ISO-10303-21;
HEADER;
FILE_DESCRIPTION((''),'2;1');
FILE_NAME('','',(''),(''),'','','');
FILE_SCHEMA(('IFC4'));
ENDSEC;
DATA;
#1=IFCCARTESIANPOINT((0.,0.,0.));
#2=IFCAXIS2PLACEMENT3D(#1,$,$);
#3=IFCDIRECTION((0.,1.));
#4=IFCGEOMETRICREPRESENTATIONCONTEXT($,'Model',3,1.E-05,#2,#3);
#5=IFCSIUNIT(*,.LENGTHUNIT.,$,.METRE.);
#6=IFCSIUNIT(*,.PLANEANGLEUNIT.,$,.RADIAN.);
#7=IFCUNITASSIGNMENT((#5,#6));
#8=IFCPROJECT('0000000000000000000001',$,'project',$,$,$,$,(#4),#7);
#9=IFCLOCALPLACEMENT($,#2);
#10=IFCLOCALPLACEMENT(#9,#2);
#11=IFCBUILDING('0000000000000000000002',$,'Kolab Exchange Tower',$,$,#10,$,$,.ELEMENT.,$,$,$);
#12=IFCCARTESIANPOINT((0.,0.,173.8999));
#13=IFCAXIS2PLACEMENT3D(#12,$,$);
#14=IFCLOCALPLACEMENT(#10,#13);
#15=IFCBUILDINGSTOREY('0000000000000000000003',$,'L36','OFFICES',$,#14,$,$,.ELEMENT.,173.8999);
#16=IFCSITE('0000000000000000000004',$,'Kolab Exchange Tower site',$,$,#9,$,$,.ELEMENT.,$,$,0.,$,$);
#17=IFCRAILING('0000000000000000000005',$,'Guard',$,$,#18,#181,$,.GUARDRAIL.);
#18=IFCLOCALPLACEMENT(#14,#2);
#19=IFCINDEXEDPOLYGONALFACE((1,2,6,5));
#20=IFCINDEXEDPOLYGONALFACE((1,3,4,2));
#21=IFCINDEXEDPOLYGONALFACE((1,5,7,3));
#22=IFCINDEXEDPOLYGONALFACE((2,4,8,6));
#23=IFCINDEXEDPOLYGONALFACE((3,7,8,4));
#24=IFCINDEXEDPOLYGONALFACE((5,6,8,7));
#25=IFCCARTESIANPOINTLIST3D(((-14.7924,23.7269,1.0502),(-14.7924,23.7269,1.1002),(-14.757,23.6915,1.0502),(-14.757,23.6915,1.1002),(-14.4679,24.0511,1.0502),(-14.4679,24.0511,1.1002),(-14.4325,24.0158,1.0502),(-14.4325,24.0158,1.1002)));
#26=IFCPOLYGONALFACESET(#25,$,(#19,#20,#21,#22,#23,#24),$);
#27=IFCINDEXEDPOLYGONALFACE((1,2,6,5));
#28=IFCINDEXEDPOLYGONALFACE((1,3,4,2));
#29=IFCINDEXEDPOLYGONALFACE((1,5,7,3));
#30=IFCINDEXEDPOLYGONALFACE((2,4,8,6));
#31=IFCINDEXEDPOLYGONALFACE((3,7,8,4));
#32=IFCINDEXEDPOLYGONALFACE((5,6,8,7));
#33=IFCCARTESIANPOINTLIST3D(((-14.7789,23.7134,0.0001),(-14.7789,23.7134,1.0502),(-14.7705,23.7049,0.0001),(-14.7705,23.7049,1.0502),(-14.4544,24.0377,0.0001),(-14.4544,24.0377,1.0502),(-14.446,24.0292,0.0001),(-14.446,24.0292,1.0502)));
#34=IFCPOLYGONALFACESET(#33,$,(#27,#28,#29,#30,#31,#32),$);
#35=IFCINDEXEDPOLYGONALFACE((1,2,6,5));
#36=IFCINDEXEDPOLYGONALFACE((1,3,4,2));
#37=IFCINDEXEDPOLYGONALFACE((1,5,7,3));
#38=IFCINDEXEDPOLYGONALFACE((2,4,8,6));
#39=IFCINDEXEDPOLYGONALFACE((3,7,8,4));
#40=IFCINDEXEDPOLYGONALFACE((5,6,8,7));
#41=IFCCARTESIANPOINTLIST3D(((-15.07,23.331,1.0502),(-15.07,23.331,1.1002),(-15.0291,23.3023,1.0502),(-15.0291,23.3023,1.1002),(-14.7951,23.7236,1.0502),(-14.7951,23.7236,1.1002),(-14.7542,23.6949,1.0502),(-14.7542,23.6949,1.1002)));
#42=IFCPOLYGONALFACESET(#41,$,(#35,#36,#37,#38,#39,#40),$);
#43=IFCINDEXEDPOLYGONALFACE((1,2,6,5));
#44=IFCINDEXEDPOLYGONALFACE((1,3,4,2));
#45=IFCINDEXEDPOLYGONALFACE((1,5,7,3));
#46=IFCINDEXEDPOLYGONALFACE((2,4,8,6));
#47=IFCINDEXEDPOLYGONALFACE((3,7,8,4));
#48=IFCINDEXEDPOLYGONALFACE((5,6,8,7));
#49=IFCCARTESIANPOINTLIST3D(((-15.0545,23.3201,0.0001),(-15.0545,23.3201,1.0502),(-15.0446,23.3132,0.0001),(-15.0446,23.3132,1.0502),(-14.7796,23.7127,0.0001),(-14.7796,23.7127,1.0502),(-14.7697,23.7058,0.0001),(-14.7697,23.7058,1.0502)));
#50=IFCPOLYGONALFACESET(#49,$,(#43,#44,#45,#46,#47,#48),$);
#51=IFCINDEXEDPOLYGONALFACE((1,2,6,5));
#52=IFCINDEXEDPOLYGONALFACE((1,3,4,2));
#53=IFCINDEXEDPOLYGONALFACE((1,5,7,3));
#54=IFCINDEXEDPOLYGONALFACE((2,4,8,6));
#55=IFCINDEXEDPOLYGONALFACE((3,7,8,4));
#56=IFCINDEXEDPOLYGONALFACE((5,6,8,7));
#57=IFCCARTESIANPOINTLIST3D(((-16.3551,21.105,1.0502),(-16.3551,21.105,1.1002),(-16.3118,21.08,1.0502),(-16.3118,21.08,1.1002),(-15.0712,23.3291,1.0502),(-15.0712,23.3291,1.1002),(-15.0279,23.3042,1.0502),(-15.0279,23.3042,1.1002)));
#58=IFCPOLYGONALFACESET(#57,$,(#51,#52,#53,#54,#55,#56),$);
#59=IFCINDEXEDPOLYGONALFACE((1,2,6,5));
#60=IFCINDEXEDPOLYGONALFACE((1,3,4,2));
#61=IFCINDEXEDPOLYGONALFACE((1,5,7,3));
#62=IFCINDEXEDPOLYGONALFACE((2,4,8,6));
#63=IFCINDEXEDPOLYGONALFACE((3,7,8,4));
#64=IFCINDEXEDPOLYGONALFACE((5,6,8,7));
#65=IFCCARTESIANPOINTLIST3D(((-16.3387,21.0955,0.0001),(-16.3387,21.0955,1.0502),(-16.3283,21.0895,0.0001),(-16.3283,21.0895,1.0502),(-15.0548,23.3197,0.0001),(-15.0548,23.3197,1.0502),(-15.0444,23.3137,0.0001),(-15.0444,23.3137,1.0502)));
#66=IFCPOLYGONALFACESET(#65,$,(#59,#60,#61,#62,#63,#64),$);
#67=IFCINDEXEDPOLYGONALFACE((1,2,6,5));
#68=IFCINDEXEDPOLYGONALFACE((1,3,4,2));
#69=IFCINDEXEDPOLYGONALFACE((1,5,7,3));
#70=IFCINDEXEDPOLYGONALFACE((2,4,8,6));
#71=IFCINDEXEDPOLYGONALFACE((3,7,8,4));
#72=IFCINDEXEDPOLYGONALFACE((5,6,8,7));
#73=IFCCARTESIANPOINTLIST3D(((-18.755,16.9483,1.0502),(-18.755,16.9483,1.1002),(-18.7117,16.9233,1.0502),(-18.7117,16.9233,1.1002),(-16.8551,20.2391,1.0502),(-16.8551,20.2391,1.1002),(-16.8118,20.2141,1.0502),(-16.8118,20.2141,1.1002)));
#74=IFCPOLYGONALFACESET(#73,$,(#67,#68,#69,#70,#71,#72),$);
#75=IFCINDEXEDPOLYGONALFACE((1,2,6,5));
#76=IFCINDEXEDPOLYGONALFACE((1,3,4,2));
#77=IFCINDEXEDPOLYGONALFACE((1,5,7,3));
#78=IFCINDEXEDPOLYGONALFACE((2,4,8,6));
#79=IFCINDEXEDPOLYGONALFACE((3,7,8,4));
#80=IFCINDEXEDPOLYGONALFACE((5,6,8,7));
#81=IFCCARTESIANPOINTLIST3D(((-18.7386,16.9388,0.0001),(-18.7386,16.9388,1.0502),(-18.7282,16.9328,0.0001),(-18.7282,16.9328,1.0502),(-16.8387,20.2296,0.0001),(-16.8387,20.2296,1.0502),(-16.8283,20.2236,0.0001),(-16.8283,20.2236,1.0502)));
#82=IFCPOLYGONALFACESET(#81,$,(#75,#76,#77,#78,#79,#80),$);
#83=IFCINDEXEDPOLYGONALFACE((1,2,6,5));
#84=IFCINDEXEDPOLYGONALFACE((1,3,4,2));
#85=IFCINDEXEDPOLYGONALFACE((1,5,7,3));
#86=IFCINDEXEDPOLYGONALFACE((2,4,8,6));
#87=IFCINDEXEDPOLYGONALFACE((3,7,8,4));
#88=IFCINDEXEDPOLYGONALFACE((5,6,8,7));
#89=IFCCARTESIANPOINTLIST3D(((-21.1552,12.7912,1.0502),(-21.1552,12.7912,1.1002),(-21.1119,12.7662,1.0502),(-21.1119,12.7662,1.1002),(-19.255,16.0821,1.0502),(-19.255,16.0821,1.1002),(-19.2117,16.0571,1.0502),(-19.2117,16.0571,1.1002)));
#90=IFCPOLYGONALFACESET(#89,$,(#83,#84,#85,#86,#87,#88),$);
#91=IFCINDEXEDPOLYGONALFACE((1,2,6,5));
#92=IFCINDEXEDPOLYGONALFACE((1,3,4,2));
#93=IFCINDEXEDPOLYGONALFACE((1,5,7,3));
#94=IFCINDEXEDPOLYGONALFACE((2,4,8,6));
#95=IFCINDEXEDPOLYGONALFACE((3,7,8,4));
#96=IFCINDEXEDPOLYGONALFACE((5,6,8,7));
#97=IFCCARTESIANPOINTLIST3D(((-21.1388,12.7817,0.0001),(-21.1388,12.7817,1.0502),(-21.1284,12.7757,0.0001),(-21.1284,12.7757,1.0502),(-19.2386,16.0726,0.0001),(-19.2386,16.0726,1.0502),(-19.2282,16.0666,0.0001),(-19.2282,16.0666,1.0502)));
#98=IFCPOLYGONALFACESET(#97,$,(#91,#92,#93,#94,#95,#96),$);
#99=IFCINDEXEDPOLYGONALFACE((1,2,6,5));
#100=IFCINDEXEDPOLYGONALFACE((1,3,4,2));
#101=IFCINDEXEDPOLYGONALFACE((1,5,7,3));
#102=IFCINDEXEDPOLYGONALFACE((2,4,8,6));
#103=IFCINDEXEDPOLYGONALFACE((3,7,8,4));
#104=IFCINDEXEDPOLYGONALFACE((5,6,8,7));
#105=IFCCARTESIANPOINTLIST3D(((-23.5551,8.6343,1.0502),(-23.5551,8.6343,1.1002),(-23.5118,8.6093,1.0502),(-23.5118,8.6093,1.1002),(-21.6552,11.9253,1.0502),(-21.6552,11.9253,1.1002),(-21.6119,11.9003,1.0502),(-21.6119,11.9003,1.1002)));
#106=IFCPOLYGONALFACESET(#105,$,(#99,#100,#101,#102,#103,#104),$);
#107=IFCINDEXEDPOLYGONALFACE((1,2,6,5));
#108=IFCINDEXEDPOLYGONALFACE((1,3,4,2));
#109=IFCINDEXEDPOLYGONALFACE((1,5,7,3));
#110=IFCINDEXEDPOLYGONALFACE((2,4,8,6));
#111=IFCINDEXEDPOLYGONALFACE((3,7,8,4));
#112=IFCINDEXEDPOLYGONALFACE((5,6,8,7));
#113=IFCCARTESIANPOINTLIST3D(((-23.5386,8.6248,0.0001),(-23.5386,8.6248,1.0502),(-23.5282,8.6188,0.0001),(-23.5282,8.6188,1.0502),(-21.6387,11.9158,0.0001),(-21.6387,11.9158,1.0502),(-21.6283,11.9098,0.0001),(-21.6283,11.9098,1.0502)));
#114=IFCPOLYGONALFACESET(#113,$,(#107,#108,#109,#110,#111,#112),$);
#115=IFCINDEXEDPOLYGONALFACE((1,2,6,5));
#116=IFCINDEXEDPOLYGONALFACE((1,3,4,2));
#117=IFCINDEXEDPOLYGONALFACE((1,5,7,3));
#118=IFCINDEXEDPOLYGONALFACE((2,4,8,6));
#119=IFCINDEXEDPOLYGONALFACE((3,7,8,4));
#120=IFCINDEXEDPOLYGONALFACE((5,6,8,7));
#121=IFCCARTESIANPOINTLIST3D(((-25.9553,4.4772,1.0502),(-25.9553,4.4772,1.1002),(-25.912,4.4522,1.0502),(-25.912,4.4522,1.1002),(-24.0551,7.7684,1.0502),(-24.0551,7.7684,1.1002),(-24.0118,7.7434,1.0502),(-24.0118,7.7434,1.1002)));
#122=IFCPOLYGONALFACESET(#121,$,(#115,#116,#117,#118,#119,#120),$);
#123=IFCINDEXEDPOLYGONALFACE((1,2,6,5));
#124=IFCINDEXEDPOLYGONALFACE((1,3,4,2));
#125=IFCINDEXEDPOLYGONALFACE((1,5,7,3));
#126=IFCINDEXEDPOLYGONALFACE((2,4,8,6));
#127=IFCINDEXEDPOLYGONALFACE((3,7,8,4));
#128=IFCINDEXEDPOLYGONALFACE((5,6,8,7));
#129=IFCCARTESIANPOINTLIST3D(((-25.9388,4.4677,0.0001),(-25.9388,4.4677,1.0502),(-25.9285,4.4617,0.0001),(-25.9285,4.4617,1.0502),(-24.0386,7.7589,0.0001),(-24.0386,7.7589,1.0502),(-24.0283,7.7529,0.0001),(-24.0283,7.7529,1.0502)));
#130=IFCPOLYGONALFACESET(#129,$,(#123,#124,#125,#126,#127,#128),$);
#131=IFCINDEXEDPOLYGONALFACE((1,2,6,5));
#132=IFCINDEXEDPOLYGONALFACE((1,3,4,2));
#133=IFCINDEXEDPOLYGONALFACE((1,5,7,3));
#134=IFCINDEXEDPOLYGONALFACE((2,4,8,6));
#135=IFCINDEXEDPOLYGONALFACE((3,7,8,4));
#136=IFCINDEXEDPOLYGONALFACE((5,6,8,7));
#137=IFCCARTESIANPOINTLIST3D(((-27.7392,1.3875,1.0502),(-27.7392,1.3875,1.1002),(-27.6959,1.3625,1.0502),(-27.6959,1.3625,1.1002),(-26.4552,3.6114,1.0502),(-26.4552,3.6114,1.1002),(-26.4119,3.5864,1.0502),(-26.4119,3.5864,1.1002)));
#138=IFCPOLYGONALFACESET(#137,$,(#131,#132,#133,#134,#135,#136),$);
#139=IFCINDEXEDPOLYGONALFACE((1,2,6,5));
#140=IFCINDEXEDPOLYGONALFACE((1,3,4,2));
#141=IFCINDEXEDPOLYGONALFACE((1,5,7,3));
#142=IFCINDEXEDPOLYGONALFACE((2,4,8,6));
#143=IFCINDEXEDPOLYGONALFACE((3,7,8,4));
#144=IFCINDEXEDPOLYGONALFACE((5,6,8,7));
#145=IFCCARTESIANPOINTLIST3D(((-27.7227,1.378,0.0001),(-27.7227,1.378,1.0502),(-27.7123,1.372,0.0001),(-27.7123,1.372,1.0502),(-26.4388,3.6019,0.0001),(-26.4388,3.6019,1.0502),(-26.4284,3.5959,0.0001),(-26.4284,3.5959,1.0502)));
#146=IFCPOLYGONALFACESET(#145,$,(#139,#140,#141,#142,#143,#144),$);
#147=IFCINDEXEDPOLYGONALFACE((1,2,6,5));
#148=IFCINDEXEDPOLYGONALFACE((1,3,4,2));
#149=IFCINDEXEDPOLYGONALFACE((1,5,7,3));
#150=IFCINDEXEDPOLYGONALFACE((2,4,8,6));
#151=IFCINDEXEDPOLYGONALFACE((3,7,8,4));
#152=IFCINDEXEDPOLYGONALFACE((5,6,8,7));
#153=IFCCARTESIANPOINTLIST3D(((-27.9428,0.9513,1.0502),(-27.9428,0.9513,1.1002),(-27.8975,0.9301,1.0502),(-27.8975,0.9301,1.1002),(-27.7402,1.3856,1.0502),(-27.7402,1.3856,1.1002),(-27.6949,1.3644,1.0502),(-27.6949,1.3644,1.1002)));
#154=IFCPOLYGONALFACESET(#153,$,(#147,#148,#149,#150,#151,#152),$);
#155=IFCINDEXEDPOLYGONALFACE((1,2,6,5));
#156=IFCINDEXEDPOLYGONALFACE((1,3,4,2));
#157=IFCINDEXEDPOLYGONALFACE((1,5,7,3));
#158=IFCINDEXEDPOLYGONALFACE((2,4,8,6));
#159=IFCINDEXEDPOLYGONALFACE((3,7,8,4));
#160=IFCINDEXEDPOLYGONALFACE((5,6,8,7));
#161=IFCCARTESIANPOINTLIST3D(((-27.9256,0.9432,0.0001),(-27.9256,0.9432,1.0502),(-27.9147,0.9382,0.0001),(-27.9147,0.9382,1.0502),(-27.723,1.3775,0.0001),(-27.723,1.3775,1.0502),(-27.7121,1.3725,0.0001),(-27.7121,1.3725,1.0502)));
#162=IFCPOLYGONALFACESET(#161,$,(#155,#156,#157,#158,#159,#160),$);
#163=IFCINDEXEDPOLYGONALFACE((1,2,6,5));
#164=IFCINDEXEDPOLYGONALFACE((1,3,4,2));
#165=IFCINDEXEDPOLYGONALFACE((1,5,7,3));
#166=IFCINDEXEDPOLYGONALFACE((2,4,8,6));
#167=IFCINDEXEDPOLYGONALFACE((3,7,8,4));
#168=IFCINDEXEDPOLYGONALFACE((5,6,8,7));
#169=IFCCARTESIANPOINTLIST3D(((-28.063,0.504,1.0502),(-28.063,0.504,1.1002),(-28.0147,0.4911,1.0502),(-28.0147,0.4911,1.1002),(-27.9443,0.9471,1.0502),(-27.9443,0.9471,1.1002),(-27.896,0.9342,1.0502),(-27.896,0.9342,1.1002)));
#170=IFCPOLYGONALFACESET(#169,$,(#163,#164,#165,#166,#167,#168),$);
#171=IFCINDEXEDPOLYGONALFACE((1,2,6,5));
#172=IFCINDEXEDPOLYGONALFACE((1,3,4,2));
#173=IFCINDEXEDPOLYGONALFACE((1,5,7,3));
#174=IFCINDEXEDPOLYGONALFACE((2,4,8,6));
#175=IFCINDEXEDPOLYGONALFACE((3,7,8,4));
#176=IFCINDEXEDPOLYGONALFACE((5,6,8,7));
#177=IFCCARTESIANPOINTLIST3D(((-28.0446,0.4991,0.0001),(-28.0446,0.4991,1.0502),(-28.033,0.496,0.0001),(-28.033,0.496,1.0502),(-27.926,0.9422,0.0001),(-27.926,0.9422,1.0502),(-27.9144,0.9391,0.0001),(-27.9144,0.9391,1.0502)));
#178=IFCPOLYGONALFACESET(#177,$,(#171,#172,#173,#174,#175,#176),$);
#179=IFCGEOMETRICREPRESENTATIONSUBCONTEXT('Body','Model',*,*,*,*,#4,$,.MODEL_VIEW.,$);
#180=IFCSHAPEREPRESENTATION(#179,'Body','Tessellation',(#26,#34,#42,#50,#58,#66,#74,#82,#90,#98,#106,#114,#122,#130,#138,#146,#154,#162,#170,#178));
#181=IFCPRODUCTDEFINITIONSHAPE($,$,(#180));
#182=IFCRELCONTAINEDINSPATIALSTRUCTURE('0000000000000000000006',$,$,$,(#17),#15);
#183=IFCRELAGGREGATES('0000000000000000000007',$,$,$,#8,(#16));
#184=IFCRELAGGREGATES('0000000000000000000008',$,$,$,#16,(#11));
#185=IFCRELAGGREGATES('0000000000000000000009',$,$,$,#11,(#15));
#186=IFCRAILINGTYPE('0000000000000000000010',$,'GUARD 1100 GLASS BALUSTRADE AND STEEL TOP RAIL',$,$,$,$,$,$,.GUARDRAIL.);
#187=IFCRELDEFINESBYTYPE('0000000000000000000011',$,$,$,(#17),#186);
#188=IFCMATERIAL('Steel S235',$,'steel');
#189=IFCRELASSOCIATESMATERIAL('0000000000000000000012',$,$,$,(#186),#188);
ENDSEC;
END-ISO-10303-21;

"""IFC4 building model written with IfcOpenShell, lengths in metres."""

from ifc_helpers import new_model, si_unit, direction, frame, frame_2d, origin, origin_2d, place, context, subcontext, project, spatial, rectangle, extrude, material, type_object, element, save


model = new_model("IFC4")

# Units and contexts
model_context = context("Model", 3, precision=1e-05, world=origin(), true_north=direction((0.0, 1.0)))
body_context = subcontext(model_context, "Body", "Model", "MODEL_VIEW")
ifc_project = project(units=[si_unit("LENGTHUNIT", "METRE"), si_unit("PLANEANGLEUNIT", "RADIAN")], contexts=[model_context])

# Site, building, storey
site_placement = place(None, origin())
site = spatial("IfcSite", under=ifc_project, at=site_placement, Name="Kolab Exchange Tower site", CompositionType="ELEMENT", RefElevation=0.0)
building_placement = place(site_placement, origin())
building = spatial("IfcBuilding", under=site, at=building_placement, Name="Kolab Exchange Tower", CompositionType="ELEMENT")
storey_placement = place(building_placement, frame((0.0, 0.0, 173.8999)))
storey = spatial("IfcBuildingStorey", under=building, at=storey_placement, Name="L36", Description="OFFICES", CompositionType="ELEMENT", Elevation=173.8999)

# Shared definitions
ifc_material_1 = material(Name="Steel S235", Category="steel")

# Railing
railing_type = type_object("IfcRailingType", Name="GUARD 1100 GLASS BALUSTRADE AND STEEL TOP RAIL", PredefinedType="GUARDRAIL", material=ifc_material_1)
railing_placement = place(storey_placement, frame((-14.4502, 24.0334, 0.0)))
element("IfcRailing", 1, at=railing_placement, inside=storey, type_object=railing_type, Name="Guard", PredefinedType="GUARDRAIL", context=body_context, shape_type="SweptSolid", body=[
    extrude(rectangle(XDim=0.05, YDim=0.05, at=origin_2d()), frame((0.0, 0.0, 1.0752), z_axis=(-0.707373, -0.706841, 0.0), x_axis=(0.706841, -0.707373, 0.0)), (0.0, 0.0, 1.0), 0.4587),
    extrude(rectangle(XDim=0.012, YDim=1.0501, at=frame_2d((0.0, 0.5251))), frame((0.0, 0.0, 0.0), z_axis=(-0.707373, -0.706841, 0.0), x_axis=(0.706841, -0.707373, 0.0)), (0.0, 0.0, 1.0), 0.4587),
    extrude(rectangle(XDim=0.05, YDim=0.05, at=origin_2d()), frame((-0.3245, -0.3242, 1.0752), z_axis=(-0.573599, -0.819136, 0.0), x_axis=(0.819136, -0.573599, 0.0)), (0.0, 0.0, 1.0), 0.4792),
    extrude(rectangle(XDim=0.012, YDim=1.0501, at=frame_2d((0.0, 0.5251))), frame((-0.3245, -0.3242, 0.0), z_axis=(-0.573599, -0.819136, 0.0), x_axis=(0.819136, -0.573599, 0.0)), (0.0, 0.0, 1.0), 0.4792),
    extrude(rectangle(XDim=0.05, YDim=0.05, at=origin_2d()), frame((-0.5994, -0.7168, 1.0752), z_axis=(-0.499953, -0.866053, 0.0), x_axis=(0.866053, -0.499953, 0.0)), (0.0, 0.0, 1.0), 2.5681),
    extrude(rectangle(XDim=0.012, YDim=1.0501, at=frame_2d((0.0, 0.5251))), frame((-0.5994, -0.7168, 0.0), z_axis=(-0.499953, -0.866053, 0.0), x_axis=(0.866053, -0.499953, 0.0)), (0.0, 0.0, 1.0), 2.5681),
    extrude(rectangle(XDim=0.05, YDim=0.05, at=origin_2d()), frame((-2.3833, -3.8069, 1.0752), z_axis=(-0.499995, -0.866028, 0.0), x_axis=(0.866028, -0.499995, 0.0)), (0.0, 0.0, 1.0), 3.7998),
    extrude(rectangle(XDim=0.012, YDim=1.0501, at=frame_2d((0.0, 0.5251))), frame((-2.3833, -3.8069, 0.0), z_axis=(-0.499995, -0.866028, 0.0), x_axis=(0.866028, -0.499995, 0.0)), (0.0, 0.0, 1.0), 3.7998),
    extrude(rectangle(XDim=0.05, YDim=0.05, at=origin_2d()), frame((-4.7832, -7.9639, 1.0752), z_axis=(-0.500043, -0.866, 0.0), x_axis=(0.866, -0.500043, 0.0)), (0.0, 0.0, 1.0), 3.8),
    extrude(rectangle(XDim=0.012, YDim=1.0501, at=frame_2d((0.0, 0.5251))), frame((-4.7832, -7.9639, 0.0), z_axis=(-0.500043, -0.866, 0.0), x_axis=(0.866, -0.500043, 0.0)), (0.0, 0.0, 1.0), 3.8),
    extrude(rectangle(XDim=0.05, YDim=0.05, at=origin_2d()), frame((-7.1833, -12.1206, 1.0752), z_axis=(-0.499967, -0.866044, 0.0), x_axis=(0.866044, -0.499967, 0.0)), (0.0, 0.0, 1.0), 3.8),
    extrude(rectangle(XDim=0.012, YDim=1.0501, at=frame_2d((0.0, 0.5251))), frame((-7.1833, -12.1206, 0.0), z_axis=(-0.499967, -0.866044, 0.0), x_axis=(0.866044, -0.499967, 0.0)), (0.0, 0.0, 1.0), 3.8),
    extrude(rectangle(XDim=0.05, YDim=0.05, at=origin_2d()), frame((-9.5833, -16.2776, 1.0752), z_axis=(-0.500015, -0.866017, 0.0), x_axis=(0.866017, -0.500015, 0.0)), (0.0, 0.0, 1.0), 3.8003),
    extrude(rectangle(XDim=0.012, YDim=1.0501, at=frame_2d((0.0, 0.5251))), frame((-9.5833, -16.2776, 0.0), z_axis=(-0.500015, -0.866017, 0.0), x_axis=(0.866017, -0.500015, 0.0)), (0.0, 0.0, 1.0), 3.8003),
    extrude(rectangle(XDim=0.05, YDim=0.05, at=origin_2d()), frame((-11.9834, -20.4346, 1.0752), z_axis=(-0.499994, -0.866029, 0.0), x_axis=(0.866029, -0.499994, 0.0)), (0.0, 0.0, 1.0), 2.5679),
    extrude(rectangle(XDim=0.012, YDim=1.0501, at=frame_2d((0.0, 0.5251))), frame((-11.9834, -20.4346, 0.0), z_axis=(-0.499994, -0.866029, 0.0), x_axis=(0.866029, -0.499994, 0.0)), (0.0, 0.0, 1.0), 2.5679),
    extrude(rectangle(XDim=0.05, YDim=0.05, at=origin_2d()), frame((-13.2673, -22.6584, 1.0752), z_axis=(-0.422802, -0.906222, 0.0), x_axis=(0.906222, -0.422802, 0.0)), (0.0, 0.0, 1.0), 0.4792),
    extrude(rectangle(XDim=0.012, YDim=1.0501, at=frame_2d((0.0, 0.5251))), frame((-13.2673, -22.6584, 0.0), z_axis=(-0.422802, -0.906222, 0.0), x_axis=(0.906222, -0.422802, 0.0)), (0.0, 0.0, 1.0), 0.4792),
    extrude(rectangle(XDim=0.05, YDim=0.05, at=origin_2d()), frame((-13.47, -23.0928, 1.0752), z_axis=(-0.258656, -0.965969, 0.0), x_axis=(0.965969, -0.258656, 0.0)), (0.0, 0.0, 1.0), 0.4587),
    extrude(rectangle(XDim=0.012, YDim=1.0501, at=frame_2d((0.0, 0.5251))), frame((-13.47, -23.0928, 0.0), z_axis=(-0.258656, -0.965969, 0.0), x_axis=(0.965969, -0.258656, 0.0)), (0.0, 0.0, 1.0), 0.4587),
])

save(model, "model.ifc")
